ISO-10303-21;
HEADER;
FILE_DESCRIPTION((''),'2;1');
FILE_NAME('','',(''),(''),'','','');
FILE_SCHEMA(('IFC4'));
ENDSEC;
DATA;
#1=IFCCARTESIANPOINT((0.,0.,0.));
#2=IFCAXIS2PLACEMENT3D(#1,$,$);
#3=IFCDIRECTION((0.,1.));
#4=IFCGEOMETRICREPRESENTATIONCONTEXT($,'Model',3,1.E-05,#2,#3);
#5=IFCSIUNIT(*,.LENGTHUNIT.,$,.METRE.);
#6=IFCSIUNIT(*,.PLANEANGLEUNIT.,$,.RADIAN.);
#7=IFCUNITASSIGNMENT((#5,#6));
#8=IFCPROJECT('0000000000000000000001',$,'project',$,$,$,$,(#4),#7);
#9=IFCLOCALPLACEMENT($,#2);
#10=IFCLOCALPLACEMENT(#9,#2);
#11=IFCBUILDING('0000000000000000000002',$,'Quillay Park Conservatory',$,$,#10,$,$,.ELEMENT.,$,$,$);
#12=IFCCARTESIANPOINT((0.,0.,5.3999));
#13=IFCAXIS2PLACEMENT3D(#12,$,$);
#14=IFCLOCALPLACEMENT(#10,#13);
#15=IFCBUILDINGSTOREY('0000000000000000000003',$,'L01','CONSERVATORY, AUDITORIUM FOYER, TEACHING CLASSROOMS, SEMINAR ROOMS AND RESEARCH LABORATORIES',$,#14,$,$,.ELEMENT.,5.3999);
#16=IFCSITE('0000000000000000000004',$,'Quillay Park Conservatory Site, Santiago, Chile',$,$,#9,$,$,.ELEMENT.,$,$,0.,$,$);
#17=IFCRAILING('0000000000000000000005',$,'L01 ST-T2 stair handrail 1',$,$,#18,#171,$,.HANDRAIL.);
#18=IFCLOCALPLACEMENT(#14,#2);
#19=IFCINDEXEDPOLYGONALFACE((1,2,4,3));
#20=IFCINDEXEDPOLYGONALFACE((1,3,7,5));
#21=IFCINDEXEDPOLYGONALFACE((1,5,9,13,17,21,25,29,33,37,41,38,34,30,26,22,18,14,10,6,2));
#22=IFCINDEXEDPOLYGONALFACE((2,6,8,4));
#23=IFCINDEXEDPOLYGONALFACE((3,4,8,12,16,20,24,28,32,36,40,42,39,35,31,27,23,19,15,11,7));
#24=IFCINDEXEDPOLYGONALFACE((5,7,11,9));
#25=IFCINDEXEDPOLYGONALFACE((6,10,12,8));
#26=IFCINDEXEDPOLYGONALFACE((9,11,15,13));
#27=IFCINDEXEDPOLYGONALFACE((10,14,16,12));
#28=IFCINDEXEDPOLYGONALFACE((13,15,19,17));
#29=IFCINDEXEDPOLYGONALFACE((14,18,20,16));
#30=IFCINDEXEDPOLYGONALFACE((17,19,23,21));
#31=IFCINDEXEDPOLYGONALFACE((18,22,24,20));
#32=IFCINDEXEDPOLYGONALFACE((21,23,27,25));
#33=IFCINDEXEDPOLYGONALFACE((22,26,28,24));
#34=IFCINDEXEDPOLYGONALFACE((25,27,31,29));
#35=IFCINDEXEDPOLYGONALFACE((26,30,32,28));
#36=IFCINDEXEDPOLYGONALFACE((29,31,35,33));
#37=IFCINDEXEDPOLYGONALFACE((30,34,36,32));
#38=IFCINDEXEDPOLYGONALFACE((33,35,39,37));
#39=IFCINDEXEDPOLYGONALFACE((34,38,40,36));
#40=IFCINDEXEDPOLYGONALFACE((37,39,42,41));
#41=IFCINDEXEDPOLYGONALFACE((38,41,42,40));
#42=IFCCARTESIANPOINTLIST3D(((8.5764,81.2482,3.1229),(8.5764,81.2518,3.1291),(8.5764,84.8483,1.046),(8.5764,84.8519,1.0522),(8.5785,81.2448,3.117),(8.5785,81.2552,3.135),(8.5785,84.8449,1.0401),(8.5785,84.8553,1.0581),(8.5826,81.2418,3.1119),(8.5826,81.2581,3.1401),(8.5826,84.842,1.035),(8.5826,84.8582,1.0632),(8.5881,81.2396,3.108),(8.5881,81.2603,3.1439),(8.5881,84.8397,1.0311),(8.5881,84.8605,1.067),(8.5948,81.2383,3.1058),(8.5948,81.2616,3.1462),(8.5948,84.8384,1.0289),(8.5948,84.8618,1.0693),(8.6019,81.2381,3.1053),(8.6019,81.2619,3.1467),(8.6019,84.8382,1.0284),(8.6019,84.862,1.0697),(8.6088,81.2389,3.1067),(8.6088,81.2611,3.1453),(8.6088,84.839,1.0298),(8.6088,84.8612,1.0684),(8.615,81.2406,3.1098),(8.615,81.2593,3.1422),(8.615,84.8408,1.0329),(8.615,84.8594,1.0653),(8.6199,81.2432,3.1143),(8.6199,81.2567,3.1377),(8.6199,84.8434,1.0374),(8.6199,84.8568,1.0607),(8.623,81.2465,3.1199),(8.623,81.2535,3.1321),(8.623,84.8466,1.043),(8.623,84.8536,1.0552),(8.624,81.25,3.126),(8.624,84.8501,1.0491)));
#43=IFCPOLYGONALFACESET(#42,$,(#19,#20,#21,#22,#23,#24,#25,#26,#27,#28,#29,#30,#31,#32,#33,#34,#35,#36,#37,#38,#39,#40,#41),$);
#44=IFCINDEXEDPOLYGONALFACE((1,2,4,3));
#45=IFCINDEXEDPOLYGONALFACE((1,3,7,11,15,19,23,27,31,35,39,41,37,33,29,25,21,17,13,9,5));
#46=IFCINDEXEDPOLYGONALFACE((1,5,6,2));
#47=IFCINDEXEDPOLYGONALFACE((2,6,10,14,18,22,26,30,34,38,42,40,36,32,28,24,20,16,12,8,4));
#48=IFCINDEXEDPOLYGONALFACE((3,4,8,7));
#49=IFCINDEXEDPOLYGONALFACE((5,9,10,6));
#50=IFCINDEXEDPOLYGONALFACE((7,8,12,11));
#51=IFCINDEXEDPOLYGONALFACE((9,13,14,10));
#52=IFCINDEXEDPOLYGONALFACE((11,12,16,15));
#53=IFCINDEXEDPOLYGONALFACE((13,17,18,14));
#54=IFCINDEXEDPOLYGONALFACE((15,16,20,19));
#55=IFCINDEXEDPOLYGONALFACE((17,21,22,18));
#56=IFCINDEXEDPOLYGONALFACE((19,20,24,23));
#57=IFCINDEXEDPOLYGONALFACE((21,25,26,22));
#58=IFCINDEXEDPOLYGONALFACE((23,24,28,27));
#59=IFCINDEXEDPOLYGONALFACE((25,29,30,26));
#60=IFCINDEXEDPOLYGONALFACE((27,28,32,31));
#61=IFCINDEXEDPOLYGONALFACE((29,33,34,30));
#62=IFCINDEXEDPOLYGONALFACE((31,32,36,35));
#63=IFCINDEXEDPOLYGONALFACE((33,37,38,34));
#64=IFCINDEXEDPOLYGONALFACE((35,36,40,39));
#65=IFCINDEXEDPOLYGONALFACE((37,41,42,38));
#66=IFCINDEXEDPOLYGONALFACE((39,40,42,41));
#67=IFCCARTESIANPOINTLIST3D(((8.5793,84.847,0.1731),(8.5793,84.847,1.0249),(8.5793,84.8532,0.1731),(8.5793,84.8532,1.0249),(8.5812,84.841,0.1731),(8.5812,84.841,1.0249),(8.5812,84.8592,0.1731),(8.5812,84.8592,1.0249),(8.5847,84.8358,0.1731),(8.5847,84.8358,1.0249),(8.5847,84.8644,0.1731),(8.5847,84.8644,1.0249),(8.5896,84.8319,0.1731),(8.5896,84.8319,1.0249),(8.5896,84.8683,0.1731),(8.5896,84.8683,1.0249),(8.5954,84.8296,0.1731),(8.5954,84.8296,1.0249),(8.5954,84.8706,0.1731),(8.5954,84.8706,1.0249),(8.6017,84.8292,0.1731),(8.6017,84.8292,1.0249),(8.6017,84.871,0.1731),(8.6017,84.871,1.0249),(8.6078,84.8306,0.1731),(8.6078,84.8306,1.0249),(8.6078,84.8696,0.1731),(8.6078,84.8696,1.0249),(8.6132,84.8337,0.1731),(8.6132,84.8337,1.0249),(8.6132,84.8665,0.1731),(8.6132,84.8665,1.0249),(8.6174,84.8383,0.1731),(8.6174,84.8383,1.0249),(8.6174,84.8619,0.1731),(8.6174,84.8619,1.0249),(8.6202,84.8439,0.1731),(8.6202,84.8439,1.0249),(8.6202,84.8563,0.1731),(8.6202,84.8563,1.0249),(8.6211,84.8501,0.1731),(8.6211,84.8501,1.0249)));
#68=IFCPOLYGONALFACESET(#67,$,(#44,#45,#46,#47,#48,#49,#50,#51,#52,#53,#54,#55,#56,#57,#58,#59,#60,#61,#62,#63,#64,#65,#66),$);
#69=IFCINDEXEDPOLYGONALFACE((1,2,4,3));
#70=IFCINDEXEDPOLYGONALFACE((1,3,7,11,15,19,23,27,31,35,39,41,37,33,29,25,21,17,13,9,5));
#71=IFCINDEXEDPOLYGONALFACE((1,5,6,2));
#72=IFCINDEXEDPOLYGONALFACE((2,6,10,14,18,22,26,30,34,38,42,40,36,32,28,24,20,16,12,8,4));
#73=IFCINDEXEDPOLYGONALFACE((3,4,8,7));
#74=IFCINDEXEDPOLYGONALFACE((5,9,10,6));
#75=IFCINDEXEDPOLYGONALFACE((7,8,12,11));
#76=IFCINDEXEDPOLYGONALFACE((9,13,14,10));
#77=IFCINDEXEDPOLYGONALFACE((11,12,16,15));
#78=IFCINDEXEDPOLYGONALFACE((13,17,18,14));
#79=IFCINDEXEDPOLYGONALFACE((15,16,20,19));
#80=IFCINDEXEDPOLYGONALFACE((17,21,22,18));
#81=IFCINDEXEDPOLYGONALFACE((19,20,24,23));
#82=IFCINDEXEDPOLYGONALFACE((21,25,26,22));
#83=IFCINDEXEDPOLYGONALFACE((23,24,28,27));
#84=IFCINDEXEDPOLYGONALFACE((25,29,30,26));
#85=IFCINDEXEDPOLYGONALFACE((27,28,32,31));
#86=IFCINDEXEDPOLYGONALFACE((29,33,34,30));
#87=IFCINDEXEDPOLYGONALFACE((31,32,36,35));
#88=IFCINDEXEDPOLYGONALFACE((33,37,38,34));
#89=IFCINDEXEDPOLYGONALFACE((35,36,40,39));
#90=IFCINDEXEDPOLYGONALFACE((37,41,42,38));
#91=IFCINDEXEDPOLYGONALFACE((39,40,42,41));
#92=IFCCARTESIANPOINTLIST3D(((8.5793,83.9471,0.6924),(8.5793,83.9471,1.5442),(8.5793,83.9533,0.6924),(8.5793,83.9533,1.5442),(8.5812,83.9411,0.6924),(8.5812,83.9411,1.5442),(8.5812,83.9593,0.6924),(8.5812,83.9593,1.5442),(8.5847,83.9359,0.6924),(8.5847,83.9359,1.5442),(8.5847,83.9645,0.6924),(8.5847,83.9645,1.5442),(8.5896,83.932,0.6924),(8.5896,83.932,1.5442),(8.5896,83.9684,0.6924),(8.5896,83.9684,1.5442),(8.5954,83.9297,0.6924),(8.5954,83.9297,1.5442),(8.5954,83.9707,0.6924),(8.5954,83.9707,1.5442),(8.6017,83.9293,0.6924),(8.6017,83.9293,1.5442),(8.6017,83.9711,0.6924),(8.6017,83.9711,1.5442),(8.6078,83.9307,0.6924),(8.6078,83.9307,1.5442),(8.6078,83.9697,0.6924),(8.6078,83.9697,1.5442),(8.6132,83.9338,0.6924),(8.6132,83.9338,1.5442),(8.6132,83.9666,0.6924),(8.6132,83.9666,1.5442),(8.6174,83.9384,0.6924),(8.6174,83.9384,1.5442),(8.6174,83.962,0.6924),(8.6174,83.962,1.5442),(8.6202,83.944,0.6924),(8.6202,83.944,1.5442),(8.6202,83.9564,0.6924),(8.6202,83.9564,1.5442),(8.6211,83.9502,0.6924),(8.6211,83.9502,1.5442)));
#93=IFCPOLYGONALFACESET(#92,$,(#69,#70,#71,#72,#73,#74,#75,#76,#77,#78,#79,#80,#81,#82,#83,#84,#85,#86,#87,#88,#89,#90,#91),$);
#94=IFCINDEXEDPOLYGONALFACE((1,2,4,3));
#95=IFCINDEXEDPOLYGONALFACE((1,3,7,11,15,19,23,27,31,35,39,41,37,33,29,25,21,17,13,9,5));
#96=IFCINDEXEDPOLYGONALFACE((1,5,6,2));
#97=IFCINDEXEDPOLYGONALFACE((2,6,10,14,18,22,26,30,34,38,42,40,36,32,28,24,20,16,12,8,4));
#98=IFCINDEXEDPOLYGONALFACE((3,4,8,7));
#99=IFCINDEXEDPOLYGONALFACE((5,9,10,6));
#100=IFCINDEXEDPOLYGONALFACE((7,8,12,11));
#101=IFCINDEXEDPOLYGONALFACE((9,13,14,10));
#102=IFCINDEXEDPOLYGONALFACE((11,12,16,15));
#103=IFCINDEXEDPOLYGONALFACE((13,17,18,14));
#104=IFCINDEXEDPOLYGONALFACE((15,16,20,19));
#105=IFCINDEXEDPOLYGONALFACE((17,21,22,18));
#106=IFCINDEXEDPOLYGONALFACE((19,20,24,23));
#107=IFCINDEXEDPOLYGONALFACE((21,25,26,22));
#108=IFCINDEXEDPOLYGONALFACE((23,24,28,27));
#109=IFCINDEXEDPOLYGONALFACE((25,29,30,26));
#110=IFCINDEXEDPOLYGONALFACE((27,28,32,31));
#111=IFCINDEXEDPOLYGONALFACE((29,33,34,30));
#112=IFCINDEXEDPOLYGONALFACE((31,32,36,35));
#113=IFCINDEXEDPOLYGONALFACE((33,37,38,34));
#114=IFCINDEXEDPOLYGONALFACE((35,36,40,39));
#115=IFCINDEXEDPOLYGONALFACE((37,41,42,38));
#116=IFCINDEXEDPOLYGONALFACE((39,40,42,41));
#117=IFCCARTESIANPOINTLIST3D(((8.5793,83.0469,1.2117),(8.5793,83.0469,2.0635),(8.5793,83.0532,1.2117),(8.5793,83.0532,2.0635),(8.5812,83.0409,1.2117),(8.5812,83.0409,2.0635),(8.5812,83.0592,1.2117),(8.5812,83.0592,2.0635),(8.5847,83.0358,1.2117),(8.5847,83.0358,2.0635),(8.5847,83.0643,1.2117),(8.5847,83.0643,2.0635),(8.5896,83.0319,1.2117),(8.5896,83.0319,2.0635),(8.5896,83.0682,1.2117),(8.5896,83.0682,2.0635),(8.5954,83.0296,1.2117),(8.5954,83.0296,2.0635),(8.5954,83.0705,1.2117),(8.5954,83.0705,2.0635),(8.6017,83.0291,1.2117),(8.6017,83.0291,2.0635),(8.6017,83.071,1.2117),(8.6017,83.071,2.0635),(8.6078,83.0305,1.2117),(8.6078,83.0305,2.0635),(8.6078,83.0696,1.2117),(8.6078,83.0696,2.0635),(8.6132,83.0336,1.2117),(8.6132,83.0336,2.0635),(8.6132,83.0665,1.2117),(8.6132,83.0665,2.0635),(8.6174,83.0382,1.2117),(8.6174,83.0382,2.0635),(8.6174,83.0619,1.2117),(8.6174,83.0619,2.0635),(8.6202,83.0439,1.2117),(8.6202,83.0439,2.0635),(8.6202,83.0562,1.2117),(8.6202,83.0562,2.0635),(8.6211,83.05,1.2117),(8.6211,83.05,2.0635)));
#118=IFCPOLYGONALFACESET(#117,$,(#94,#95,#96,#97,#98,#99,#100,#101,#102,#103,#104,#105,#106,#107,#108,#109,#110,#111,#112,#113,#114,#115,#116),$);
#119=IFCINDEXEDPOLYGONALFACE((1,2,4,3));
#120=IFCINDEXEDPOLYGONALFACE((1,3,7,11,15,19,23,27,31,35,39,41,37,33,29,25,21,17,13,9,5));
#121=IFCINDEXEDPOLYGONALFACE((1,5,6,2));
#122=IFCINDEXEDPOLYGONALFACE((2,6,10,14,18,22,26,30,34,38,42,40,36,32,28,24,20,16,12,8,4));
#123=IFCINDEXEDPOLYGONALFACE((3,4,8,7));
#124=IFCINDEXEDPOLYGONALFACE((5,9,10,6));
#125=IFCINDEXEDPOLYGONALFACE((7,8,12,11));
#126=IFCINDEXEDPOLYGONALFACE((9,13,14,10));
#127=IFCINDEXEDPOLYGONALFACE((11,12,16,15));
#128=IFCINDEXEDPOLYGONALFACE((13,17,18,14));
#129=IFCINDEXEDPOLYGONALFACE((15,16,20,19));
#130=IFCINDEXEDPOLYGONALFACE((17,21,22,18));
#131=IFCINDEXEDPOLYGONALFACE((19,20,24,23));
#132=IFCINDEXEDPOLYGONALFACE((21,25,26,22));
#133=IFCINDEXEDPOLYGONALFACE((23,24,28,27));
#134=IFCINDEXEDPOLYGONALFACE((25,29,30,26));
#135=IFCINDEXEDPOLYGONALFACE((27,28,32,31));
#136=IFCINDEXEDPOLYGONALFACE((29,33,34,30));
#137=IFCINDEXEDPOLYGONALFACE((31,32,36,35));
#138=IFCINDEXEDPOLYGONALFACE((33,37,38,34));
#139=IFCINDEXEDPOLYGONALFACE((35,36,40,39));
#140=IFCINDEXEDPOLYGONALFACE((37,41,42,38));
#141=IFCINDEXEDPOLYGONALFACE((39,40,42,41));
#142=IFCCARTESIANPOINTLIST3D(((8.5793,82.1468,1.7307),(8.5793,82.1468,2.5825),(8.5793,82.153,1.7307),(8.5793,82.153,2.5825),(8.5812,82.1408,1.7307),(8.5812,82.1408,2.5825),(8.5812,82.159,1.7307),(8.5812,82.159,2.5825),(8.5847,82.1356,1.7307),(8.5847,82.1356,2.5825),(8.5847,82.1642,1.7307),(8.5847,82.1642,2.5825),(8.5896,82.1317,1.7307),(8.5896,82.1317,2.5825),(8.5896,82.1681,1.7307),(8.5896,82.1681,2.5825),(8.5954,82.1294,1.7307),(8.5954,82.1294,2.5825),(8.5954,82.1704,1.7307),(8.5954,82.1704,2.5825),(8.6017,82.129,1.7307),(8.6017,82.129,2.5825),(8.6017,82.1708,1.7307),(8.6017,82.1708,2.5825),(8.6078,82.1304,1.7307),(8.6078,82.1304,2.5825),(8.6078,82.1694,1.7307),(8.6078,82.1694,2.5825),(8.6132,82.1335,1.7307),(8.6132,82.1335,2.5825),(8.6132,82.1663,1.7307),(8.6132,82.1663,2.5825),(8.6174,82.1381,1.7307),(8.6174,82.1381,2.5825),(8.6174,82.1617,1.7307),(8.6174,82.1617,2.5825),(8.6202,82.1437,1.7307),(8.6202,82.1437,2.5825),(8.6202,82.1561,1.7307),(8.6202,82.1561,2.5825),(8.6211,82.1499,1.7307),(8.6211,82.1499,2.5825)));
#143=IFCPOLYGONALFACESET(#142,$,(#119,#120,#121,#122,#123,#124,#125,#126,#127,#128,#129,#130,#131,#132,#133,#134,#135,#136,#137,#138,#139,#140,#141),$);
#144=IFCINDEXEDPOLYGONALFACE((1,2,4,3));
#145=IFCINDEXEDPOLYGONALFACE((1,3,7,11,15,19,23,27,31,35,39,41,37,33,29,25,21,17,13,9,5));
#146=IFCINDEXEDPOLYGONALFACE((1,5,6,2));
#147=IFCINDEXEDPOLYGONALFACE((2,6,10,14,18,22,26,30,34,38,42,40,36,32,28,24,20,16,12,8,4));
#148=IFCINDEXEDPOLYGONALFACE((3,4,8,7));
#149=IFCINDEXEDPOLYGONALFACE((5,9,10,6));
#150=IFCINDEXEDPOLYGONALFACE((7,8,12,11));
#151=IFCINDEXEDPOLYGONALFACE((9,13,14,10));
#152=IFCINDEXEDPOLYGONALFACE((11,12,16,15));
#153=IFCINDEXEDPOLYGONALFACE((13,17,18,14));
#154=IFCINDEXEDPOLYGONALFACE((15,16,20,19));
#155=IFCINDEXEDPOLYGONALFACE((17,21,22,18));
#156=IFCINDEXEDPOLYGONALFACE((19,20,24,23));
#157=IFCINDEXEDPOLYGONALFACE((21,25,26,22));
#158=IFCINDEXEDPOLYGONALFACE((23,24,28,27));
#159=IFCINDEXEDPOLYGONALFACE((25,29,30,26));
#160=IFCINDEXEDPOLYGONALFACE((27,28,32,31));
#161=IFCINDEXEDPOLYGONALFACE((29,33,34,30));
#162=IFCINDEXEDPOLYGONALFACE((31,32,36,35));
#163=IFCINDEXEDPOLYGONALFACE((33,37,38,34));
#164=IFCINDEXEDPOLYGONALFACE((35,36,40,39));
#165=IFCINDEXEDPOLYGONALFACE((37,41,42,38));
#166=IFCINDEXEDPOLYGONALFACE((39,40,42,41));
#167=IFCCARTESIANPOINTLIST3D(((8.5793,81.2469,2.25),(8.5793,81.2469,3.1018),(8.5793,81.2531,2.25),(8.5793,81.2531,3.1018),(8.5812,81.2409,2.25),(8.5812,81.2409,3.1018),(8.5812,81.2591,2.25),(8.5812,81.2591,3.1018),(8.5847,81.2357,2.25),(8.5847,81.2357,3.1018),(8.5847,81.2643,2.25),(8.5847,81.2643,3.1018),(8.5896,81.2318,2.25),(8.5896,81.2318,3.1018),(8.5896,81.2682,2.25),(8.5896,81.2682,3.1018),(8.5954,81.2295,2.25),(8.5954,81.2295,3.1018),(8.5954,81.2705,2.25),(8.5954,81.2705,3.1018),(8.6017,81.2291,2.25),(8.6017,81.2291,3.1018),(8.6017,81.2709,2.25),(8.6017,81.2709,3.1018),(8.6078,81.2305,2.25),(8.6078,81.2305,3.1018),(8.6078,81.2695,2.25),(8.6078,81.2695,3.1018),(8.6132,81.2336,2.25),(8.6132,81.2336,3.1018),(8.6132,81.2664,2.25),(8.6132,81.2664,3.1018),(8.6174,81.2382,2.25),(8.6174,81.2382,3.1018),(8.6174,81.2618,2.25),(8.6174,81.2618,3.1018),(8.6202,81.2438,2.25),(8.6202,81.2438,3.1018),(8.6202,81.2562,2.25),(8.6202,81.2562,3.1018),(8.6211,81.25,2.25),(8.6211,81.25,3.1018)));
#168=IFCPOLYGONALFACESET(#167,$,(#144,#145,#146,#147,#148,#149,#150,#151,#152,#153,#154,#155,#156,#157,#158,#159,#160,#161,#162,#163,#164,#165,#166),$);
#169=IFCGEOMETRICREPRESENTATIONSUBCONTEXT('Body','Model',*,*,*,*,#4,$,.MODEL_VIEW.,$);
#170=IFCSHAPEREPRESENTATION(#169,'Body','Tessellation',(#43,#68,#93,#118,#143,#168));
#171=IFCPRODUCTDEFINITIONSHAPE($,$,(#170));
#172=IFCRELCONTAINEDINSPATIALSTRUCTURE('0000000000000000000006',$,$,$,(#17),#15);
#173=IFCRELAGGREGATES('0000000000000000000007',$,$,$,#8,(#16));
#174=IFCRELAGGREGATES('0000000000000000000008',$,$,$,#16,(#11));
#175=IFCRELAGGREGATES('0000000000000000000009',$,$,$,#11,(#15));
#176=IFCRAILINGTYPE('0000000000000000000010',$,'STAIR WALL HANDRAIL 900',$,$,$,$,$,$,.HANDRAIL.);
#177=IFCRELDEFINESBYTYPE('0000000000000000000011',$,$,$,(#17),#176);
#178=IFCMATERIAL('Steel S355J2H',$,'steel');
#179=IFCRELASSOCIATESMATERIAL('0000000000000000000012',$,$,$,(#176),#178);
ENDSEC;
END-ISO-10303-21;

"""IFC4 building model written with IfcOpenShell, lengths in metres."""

from ifc_helpers import new_model, si_unit, direction, frame, origin, origin_2d, place, context, subcontext, project, spatial, circle, extrude, material, type_object, element, save


model = new_model("IFC4")

# Units and contexts
model_context = context("Model", 3, precision=1e-05, world=origin(), true_north=direction((0.0, 1.0)))
body_context = subcontext(model_context, "Body", "Model", "MODEL_VIEW")
ifc_project = project(units=[si_unit("LENGTHUNIT", "METRE"), si_unit("PLANEANGLEUNIT", "RADIAN")], contexts=[model_context])

# Site, building, storey
site_placement = place(None, origin())
site = spatial("IfcSite", under=ifc_project, at=site_placement, Name="Quillay Park Conservatory Site, Santiago, Chile", CompositionType="ELEMENT", RefElevation=0.0)
building_placement = place(site_placement, origin())
building = spatial("IfcBuilding", under=site, at=building_placement, Name="Quillay Park Conservatory", CompositionType="ELEMENT")
storey_placement = place(building_placement, frame((0.0, 0.0, 5.3999)))
storey = spatial("IfcBuildingStorey", under=building, at=storey_placement, Name="L01", Description="CONSERVATORY, AUDITORIUM FOYER, TEACHING CLASSROOMS, SEMINAR ROOMS AND RESEARCH LABORATORIES", CompositionType="ELEMENT", Elevation=5.3999)

# Railing
ifc_material_1 = material(Name="Steel S355J2H", Category="steel")
railing_type_1 = type_object("IfcRailingType", Name="STAIR WALL HANDRAIL 900", PredefinedType="HANDRAIL", material=ifc_material_1)
railing_1_placement = place(storey_placement, frame((8.6001, 84.8501, 0.1731)))
element("IfcRailing", 1, at=railing_1_placement, inside=storey, type_object=railing_type_1, Name="L01 ST-T2 stair handrail 1", PredefinedType="HANDRAIL", context=body_context, shape_type="SweptSolid", body=[
    extrude(circle(Radius=0.0239, at=origin_2d()), frame((0.0, 0.0, 0.876), z_axis=(0.0, -0.866193, 0.499709), x_axis=(1.0, 0.0, 0.0)), (0.0, 0.0, 1.0), 4.1562),
    extrude(circle(Radius=0.021, at=origin_2d()), origin(), (0.0, 0.0, 1.0), 0.8518),
    extrude(circle(Radius=0.021, at=origin_2d()), frame((0.0, -0.8999, 0.5193)), (0.0, 0.0, 1.0), 0.8518),
    extrude(circle(Radius=0.021, at=origin_2d()), frame((0.0, -1.8, 1.0386)), (0.0, 0.0, 1.0), 0.8518),
    extrude(circle(Radius=0.021, at=origin_2d()), frame((0.0, -2.7002, 1.5576)), (0.0, 0.0, 1.0), 0.8518),
    extrude(circle(Radius=0.021, at=origin_2d()), frame((0.0, -3.6001, 2.0769)), (0.0, 0.0, 1.0), 0.8518),
])

save(model, "model.ifc")
